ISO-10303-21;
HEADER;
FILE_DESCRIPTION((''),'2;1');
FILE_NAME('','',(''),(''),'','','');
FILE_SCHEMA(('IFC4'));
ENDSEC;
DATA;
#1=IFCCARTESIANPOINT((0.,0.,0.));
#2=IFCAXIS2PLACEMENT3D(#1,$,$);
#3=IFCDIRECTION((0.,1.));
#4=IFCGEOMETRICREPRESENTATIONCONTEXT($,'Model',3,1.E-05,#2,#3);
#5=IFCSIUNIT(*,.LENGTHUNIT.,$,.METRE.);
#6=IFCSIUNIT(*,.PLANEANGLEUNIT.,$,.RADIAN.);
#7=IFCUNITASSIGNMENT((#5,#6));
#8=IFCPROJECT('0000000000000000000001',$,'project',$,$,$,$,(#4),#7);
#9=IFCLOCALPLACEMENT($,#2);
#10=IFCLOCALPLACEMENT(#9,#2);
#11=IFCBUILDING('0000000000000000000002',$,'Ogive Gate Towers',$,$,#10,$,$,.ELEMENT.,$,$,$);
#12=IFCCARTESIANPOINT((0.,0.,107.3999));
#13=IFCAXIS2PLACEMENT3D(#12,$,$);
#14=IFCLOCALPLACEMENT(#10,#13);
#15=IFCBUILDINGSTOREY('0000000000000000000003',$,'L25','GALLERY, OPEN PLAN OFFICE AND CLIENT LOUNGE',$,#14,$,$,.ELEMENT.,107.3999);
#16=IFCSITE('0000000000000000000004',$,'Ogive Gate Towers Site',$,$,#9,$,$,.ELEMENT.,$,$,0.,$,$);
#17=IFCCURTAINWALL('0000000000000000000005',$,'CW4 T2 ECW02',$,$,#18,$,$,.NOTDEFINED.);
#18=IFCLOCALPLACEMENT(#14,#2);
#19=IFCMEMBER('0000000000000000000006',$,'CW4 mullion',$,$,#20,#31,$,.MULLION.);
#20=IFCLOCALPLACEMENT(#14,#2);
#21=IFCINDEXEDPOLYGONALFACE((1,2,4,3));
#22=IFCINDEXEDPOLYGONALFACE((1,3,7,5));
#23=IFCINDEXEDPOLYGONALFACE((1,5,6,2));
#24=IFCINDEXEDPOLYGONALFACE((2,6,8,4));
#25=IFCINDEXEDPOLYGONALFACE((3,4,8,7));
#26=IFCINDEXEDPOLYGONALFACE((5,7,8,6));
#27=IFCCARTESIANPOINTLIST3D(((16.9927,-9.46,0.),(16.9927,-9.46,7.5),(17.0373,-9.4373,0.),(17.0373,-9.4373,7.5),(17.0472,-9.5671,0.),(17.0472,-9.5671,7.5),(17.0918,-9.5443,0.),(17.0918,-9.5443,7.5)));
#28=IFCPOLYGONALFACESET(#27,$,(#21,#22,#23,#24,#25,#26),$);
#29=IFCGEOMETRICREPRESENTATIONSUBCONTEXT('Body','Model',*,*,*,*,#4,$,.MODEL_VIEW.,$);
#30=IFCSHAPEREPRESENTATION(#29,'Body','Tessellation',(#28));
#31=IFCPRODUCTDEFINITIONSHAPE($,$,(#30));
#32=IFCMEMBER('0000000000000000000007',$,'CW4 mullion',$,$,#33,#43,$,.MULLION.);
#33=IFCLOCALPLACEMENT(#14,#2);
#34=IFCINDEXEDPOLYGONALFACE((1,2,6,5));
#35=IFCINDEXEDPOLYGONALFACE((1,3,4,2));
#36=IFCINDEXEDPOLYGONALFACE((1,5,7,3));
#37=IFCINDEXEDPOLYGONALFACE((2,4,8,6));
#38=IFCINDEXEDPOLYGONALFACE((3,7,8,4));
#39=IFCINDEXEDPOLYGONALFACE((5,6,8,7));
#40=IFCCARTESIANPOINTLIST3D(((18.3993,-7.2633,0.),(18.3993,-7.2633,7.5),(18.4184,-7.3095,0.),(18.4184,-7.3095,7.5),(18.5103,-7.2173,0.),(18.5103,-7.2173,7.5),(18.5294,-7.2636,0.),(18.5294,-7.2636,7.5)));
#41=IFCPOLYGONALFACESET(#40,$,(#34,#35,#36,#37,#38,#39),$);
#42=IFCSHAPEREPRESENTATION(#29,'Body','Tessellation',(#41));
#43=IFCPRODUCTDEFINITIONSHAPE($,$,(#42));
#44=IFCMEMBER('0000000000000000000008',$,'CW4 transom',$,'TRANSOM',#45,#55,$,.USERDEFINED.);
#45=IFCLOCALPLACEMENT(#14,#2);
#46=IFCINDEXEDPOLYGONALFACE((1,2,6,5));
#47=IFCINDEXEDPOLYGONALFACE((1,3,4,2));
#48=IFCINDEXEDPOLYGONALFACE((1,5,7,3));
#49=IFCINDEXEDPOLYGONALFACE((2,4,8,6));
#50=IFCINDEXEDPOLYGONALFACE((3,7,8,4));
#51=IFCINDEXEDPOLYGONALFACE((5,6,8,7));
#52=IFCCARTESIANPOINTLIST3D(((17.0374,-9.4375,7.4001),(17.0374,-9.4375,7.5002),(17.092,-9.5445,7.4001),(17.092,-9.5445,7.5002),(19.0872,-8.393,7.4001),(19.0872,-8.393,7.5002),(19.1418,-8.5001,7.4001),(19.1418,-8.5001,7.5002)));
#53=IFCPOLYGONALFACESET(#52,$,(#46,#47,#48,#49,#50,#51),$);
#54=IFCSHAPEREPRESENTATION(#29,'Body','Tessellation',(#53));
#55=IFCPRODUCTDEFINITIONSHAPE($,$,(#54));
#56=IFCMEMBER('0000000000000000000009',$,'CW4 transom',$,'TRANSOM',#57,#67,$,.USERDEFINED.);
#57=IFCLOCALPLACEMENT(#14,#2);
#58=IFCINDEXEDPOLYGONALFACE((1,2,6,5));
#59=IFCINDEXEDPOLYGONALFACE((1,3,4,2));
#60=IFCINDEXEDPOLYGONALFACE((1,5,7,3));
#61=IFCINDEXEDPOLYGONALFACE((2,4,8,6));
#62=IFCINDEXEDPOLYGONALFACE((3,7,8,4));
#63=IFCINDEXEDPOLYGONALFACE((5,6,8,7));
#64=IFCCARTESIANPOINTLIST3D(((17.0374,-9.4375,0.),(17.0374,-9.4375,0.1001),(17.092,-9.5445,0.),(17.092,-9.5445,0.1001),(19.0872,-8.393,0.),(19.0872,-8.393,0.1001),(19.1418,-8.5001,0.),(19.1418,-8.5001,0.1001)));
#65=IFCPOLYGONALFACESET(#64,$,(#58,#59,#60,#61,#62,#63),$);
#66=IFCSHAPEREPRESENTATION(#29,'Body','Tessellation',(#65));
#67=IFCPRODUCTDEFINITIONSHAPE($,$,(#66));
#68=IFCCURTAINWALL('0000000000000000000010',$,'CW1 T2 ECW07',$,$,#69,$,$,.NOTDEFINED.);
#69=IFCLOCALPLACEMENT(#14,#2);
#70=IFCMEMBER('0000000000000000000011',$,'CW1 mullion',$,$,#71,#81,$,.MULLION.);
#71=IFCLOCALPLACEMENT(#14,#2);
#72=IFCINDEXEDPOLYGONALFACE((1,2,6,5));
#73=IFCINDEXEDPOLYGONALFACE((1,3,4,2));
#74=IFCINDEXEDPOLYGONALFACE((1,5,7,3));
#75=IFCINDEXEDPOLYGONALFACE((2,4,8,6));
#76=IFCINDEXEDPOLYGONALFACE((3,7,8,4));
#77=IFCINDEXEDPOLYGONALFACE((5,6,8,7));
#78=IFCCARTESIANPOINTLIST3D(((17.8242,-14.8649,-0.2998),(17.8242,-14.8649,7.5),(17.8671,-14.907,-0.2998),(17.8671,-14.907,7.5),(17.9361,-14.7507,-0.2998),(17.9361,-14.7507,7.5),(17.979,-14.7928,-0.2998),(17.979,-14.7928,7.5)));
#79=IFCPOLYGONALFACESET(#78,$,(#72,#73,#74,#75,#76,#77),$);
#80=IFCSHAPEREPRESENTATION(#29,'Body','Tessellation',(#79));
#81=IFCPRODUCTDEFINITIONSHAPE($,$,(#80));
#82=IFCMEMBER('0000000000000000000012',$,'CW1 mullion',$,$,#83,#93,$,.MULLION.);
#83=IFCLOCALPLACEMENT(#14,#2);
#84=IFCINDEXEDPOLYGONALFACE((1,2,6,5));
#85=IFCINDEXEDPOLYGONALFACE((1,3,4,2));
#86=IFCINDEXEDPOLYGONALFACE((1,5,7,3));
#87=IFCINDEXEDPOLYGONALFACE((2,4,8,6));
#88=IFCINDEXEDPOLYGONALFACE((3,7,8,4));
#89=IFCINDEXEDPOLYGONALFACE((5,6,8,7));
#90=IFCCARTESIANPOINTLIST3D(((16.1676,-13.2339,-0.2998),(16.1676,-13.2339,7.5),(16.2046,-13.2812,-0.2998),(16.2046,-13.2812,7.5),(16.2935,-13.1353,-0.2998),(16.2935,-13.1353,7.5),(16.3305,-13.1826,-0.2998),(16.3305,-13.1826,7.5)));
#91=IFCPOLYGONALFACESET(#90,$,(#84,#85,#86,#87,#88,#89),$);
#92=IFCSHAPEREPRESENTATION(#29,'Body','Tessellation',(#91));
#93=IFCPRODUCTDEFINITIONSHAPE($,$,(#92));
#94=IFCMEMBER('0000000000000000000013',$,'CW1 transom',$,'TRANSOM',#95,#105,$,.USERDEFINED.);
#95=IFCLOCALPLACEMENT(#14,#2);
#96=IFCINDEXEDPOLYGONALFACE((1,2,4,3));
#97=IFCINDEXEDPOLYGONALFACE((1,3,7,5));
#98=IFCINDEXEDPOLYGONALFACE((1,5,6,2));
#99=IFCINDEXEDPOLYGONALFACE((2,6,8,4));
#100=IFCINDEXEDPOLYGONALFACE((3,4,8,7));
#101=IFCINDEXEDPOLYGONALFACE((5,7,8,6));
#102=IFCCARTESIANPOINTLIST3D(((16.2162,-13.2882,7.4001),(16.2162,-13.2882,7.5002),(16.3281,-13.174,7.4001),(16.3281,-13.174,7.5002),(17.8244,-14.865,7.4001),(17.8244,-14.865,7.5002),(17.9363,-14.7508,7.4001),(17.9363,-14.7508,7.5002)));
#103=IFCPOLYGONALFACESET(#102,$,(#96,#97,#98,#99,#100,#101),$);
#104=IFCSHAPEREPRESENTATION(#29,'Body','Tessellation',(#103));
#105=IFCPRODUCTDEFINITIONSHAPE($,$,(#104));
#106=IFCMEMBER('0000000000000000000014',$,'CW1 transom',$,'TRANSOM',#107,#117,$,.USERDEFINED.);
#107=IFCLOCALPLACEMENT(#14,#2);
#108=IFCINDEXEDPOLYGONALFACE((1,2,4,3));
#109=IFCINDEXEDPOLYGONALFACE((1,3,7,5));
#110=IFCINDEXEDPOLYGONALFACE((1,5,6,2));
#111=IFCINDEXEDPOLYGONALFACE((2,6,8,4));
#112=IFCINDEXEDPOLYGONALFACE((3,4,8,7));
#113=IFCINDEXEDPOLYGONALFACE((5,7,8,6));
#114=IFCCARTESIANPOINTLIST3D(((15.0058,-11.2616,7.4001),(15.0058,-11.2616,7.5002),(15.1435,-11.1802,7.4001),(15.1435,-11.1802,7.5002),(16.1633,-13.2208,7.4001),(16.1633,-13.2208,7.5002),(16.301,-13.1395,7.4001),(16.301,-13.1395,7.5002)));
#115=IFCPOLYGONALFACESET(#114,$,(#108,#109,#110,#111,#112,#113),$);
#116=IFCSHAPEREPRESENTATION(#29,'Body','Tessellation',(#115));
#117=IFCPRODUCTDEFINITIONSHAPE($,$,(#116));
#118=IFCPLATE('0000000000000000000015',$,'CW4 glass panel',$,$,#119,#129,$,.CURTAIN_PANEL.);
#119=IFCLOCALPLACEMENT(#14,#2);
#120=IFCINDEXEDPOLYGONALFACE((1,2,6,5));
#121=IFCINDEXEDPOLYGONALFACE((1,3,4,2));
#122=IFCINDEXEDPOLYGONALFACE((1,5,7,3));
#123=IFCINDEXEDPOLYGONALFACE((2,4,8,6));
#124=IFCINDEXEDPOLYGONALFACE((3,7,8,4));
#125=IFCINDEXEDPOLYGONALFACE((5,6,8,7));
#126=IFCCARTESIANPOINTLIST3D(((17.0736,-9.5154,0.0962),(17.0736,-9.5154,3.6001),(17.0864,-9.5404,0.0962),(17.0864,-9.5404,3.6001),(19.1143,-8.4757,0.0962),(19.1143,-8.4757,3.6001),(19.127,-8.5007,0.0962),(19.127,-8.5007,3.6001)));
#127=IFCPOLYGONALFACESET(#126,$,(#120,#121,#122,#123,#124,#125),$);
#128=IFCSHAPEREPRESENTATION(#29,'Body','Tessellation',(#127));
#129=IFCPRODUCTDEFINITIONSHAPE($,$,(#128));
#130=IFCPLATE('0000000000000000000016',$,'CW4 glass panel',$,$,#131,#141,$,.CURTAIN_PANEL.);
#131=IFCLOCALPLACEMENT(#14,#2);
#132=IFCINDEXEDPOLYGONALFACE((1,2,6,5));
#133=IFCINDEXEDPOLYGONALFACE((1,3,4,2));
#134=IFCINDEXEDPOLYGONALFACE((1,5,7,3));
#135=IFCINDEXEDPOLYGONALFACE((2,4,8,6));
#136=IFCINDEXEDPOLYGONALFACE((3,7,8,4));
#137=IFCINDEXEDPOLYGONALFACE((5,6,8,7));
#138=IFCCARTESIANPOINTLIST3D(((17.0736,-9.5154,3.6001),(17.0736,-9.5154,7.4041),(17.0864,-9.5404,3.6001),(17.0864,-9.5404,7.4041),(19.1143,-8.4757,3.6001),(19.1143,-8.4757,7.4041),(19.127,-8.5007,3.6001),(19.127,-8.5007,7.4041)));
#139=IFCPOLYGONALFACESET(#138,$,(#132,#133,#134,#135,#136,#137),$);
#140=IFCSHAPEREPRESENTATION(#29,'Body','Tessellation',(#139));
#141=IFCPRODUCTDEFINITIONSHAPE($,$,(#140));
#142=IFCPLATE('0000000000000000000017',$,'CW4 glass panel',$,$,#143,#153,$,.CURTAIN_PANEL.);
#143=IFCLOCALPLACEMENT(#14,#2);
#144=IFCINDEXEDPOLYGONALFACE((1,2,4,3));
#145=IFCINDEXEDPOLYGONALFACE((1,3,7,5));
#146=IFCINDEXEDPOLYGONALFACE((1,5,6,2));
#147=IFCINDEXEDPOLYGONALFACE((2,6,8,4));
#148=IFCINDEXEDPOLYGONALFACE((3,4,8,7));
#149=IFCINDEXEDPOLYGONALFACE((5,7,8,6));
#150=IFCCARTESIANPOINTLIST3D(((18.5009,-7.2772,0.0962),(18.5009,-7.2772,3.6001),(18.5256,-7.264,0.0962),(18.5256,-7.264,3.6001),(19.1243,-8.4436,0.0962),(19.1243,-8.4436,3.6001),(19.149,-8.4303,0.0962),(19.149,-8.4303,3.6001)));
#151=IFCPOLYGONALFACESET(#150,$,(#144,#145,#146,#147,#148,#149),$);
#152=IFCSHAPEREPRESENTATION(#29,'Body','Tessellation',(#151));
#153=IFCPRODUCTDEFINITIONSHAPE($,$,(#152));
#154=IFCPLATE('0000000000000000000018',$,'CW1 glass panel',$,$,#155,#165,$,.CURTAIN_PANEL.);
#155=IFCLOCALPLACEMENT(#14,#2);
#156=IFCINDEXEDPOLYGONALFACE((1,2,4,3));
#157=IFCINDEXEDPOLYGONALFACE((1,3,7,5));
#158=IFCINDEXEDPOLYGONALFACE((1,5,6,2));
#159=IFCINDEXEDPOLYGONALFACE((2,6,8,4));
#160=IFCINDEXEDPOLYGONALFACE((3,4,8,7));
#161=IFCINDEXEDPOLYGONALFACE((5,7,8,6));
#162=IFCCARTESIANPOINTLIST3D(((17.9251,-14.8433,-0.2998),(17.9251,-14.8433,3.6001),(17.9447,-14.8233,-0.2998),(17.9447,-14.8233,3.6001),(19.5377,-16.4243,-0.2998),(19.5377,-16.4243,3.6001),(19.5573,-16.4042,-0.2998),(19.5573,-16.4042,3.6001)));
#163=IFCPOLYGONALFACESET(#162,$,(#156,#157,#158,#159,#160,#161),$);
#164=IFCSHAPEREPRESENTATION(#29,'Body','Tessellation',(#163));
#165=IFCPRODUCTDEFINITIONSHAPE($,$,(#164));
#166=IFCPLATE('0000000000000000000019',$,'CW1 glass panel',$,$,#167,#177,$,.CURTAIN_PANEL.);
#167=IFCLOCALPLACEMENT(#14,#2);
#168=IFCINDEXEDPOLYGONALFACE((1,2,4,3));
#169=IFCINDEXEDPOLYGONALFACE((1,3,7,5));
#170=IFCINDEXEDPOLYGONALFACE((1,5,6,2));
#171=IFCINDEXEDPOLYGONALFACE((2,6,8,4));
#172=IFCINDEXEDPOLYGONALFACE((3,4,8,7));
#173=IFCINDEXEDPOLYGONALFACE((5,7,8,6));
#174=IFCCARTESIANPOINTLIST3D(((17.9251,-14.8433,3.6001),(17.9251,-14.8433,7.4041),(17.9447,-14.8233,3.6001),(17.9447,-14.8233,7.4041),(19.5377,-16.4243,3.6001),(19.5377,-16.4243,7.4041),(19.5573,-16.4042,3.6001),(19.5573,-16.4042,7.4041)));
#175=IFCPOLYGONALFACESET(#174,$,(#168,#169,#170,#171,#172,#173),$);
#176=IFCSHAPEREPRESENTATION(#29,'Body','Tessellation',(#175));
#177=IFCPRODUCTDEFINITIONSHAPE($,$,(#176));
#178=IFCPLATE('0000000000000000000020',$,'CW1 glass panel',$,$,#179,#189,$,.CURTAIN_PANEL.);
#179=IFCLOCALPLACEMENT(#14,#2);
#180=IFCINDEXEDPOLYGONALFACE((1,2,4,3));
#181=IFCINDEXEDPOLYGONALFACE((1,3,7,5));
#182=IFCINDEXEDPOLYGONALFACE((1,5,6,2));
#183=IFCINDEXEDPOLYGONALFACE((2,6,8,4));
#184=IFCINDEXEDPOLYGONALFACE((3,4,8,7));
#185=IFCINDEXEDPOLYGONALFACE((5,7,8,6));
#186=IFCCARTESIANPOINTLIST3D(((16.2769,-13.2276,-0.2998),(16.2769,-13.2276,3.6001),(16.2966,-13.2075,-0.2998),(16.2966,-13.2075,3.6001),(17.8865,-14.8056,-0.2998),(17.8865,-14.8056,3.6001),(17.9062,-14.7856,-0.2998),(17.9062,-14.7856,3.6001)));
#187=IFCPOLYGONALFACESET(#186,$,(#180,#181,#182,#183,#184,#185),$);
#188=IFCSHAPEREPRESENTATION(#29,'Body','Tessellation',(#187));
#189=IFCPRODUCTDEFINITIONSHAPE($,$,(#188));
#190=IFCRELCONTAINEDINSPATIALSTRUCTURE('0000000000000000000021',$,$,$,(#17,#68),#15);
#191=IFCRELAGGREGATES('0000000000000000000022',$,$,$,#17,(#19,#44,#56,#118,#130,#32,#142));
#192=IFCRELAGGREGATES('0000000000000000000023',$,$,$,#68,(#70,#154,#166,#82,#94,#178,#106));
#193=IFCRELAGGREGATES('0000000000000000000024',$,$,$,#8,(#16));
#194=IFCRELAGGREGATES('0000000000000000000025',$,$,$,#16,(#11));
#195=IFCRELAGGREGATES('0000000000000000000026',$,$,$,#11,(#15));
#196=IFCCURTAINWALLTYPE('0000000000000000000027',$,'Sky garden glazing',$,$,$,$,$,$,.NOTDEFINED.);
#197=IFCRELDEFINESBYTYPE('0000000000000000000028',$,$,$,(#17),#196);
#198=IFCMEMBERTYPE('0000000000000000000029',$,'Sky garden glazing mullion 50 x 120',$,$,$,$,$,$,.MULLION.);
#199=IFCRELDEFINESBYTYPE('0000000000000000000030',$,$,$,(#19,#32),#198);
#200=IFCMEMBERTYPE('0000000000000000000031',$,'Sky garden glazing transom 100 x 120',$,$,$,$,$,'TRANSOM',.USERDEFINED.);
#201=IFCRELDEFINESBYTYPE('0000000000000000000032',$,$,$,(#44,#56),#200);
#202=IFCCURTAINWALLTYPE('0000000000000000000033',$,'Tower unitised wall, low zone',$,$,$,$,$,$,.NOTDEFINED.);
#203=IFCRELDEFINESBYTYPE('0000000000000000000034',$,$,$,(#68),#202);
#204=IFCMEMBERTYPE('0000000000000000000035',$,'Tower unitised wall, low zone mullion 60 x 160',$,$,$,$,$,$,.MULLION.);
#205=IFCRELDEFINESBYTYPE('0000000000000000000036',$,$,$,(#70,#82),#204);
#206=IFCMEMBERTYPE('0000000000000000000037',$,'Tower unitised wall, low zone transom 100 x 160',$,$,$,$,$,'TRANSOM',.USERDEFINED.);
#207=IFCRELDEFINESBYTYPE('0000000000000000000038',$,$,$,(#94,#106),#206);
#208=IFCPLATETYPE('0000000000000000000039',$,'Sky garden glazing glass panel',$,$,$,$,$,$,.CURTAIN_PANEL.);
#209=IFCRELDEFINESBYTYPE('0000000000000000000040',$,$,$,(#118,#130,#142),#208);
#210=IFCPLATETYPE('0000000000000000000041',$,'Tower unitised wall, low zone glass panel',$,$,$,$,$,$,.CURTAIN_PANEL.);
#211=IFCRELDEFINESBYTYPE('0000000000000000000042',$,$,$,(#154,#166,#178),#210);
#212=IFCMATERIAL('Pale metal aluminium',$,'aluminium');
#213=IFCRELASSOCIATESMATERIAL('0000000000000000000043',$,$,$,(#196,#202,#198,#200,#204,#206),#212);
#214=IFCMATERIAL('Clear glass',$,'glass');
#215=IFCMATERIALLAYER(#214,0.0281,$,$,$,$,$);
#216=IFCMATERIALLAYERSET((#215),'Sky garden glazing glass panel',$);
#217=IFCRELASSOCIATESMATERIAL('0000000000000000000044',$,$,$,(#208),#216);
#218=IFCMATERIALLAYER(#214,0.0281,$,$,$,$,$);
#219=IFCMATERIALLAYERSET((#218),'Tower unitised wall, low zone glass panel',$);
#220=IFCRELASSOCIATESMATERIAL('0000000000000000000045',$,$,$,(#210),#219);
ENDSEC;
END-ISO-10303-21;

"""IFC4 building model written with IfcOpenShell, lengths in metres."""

from ifc_helpers import new_model, si_unit, direction, frame, origin, origin_2d, place, context, subcontext, project, spatial, rectangle, extrude, material, layer, layer_set, material_profile, profile_set, type_object, element, aggregate, save


model = new_model("IFC4")

# Units and contexts
model_context = context("Model", 3, precision=1e-05, world=origin(), true_north=direction((0.0, 1.0)))
body_context = subcontext(model_context, "Body", "Model", "MODEL_VIEW")
ifc_project = project(units=[si_unit("LENGTHUNIT", "METRE"), si_unit("PLANEANGLEUNIT", "RADIAN")], contexts=[model_context])

# Site, building, storey
site_placement = place(None, origin())
site = spatial("IfcSite", under=ifc_project, at=site_placement, Name="Ogive Gate Towers Site", CompositionType="ELEMENT", RefElevation=0.0)
building_placement = place(site_placement, origin())
building = spatial("IfcBuilding", under=site, at=building_placement, Name="Ogive Gate Towers", CompositionType="ELEMENT")
storey_placement = place(building_placement, frame((0.0, 0.0, 107.3999)))
storey = spatial("IfcBuildingStorey", under=building, at=storey_placement, Name="L25", Description="GALLERY, OPEN PLAN OFFICE AND CLIENT LOUNGE", CompositionType="ELEMENT", Elevation=107.3999)

# Curtain walls, members
ifc_material_1 = material(Name="Pale metal aluminium", Category="aluminium")
curtain_wall_type_1 = type_object("IfcCurtainWallType", Name="Sky garden glazing", PredefinedType="NOTDEFINED", material=ifc_material_1)
curtain_wall_1_placement = place(storey_placement, origin())
curtain_wall_1 = element("IfcCurtainWall", 1, at=curtain_wall_1_placement, inside=storey, type_object=curtain_wall_type_1, Name="CW4 T2 ECW02", PredefinedType="NOTDEFINED")
ifc_material_profile_1 = material_profile(ifc_material_1, rectangle(XDim=0.1201, YDim=0.05, at=origin_2d()), Name="50 x 120 aluminium box")
ifc_profile_set_1 = profile_set([ifc_material_profile_1], Name="Pale metal aluminium")
member_type_1 = type_object("IfcMemberType", Name="Sky garden glazing mullion 50 x 120", PredefinedType="MULLION", material=ifc_profile_set_1)
member_1_placement = place(storey_placement, frame((17.0422, -9.5022, 0.0), z_axis=(0.0, 0.0, 1.0), x_axis=(0.45399, -0.891007, 0.0)))
member_1 = element("IfcMember", 2, at=member_1_placement, type_object=member_type_1, Name="CW4 mullion", PredefinedType="MULLION", context=body_context, shape_type="SweptSolid", body=[
    extrude(rectangle(XDim=0.1201, YDim=0.05, at=origin_2d()), origin(), (0.0, 0.0, 1.0), 7.5),
])
member_2_placement = place(storey_placement, frame((18.4644, -7.2634, 0.0), z_axis=(0.0, 0.0, 1.0), x_axis=(0.92388, 0.382683, 0.0)))
member_2 = element("IfcMember", 3, at=member_2_placement, type_object=member_type_1, Name="CW4 mullion", PredefinedType="MULLION", context=body_context, shape_type="SweptSolid", body=[
    extrude(rectangle(XDim=0.1201, YDim=0.05, at=origin_2d()), origin(), (0.0, 0.0, 1.0), 7.5),
])
ifc_material_profile_2 = material_profile(ifc_material_1, rectangle(XDim=0.1201, YDim=0.1001, at=origin_2d()), Name="100 x 120 aluminium box")
ifc_profile_set_2 = profile_set([ifc_material_profile_2], Name="Pale metal aluminium")
member_type_2 = type_object("IfcMemberType", Name="Sky garden glazing transom 100 x 120", ElementType="TRANSOM", PredefinedType="USERDEFINED", material=ifc_profile_set_2)
member_3_placement = place(storey_placement, frame((17.0647, -9.491, 7.4502), z_axis=(0.891005, 0.453993, 0.0), x_axis=(-0.453993, 0.891005, 0.0)))
member_3 = element("IfcMember", 4, at=member_3_placement, type_object=member_type_2, Name="CW4 transom", ObjectType="TRANSOM", PredefinedType="USERDEFINED", context=body_context, shape_type="SweptSolid", body=[
    extrude(rectangle(XDim=0.1201, YDim=0.1001, at=origin_2d()), origin(), (0.0, 0.0, 1.0), 2.3005),
])
member_4_placement = place(storey_placement, frame((17.0647, -9.491, 0.05), z_axis=(0.891005, 0.453993, 0.0), x_axis=(-0.453993, 0.891005, 0.0)))
member_4 = element("IfcMember", 5, at=member_4_placement, type_object=member_type_2, Name="CW4 transom", ObjectType="TRANSOM", PredefinedType="USERDEFINED", context=body_context, shape_type="SweptSolid", body=[
    extrude(rectangle(XDim=0.1201, YDim=0.1001, at=origin_2d()), origin(), (0.0, 0.0, 1.0), 2.3005),
])
curtain_wall_type_2 = type_object("IfcCurtainWallType", Name="Tower unitised wall, low zone", PredefinedType="NOTDEFINED", material=ifc_material_1)
curtain_wall_2_placement = place(storey_placement, origin())
curtain_wall_2 = element("IfcCurtainWall", 6, at=curtain_wall_2_placement, inside=storey, type_object=curtain_wall_type_2, Name="CW1 T2 ECW07", PredefinedType="NOTDEFINED")
ifc_material_profile_3 = material_profile(ifc_material_1, rectangle(XDim=0.1599, YDim=0.0601, at=origin_2d()), Name="60 x 160 aluminium box")
ifc_profile_set_3 = profile_set([ifc_material_profile_3], Name="Pale metal aluminium")
member_type_3 = type_object("IfcMemberType", Name="Tower unitised wall, low zone mullion 60 x 160", PredefinedType="MULLION", material=ifc_profile_set_3)
member_5_placement = place(storey_placement, frame((17.9016, -14.8289, -0.2998), z_axis=(0.0, 0.0, 1.0), x_axis=(0.700062, 0.714082, 0.0)))
member_5 = element("IfcMember", 7, at=member_5_placement, type_object=member_type_3, Name="CW1 mullion", PredefinedType="MULLION", context=body_context, shape_type="SweptSolid", body=[
    extrude(rectangle(XDim=0.1599, YDim=0.0601, at=origin_2d()), origin(), (0.0, 0.0, 1.0), 7.7998),
])
member_6_placement = place(storey_placement, frame((16.249, -13.2083, -0.2998), z_axis=(0.0, 0.0, 1.0), x_axis=(0.787236, 0.616651, 0.0)))
member_6 = element("IfcMember", 8, at=member_6_placement, type_object=member_type_3, Name="CW1 mullion", PredefinedType="MULLION", context=body_context, shape_type="SweptSolid", body=[
    extrude(rectangle(XDim=0.1599, YDim=0.0601, at=origin_2d()), origin(), (0.0, 0.0, 1.0), 7.7998),
])
ifc_material_profile_4 = material_profile(ifc_material_1, rectangle(XDim=0.1599, YDim=0.1001, at=origin_2d()), Name="100 x 160 aluminium box")
ifc_profile_set_4 = profile_set([ifc_material_profile_4], Name="Pale metal aluminium")
member_type_4 = type_object("IfcMemberType", Name="Tower unitised wall, low zone transom 100 x 160", ElementType="TRANSOM", PredefinedType="USERDEFINED", material=ifc_profile_set_4)
member_7_placement = place(storey_placement, frame((17.8804, -14.8079, 7.4502), z_axis=(-0.714064, 0.70008, 0.0), x_axis=(-0.70008, -0.714064, 0.0)))
member_7 = element("IfcMember", 9, at=member_7_placement, type_object=member_type_4, Name="CW1 transom", ObjectType="TRANSOM", PredefinedType="USERDEFINED", context=body_context, shape_type="SweptSolid", body=[
    extrude(rectangle(XDim=0.1599, YDim=0.1001, at=origin_2d()), origin(), (0.0, 0.0, 1.0), 2.2522),
])
member_8_placement = place(storey_placement, frame((16.2322, -13.1802, 7.4502), z_axis=(-0.508646, 0.860976, 0.0), x_axis=(-0.860976, -0.508646, 0.0)))
member_8 = element("IfcMember", 10, at=member_8_placement, type_object=member_type_4, Name="CW1 transom", ObjectType="TRANSOM", PredefinedType="USERDEFINED", context=body_context, shape_type="SweptSolid", body=[
    extrude(rectangle(XDim=0.1599, YDim=0.1001, at=origin_2d()), origin(), (0.0, 0.0, 1.0), 2.2756),
])

# Plates
ifc_material_2 = material(Name="Clear glass", Category="glass")
ifc_layer_1 = layer(ifc_material_2, 0.0281)
ifc_layer_set_1 = layer_set([ifc_layer_1], Name="Sky garden glazing glass panel")
plate_type_1 = type_object("IfcPlateType", Name="Sky garden glazing glass panel", PredefinedType="CURTAIN_PANEL", material=ifc_layer_set_1)
plate_1_placement = place(storey_placement, frame((18.1003, -9.0081, 0.0962), z_axis=(0.0, 0.0, 1.0), x_axis=(0.891007, 0.45399, 0.0)))
plate_1 = element("IfcPlate", 11, at=plate_1_placement, type_object=plate_type_1, Name="CW4 glass panel", PredefinedType="CURTAIN_PANEL", context=body_context, shape_type="SweptSolid", body=[
    extrude(rectangle(XDim=2.2903, YDim=0.0281, at=origin_2d()), origin(), (0.0, 0.0, 1.0), 3.5039),
])
plate_2_placement = place(storey_placement, frame((18.1003, -9.0081, 3.6001), z_axis=(0.0, 0.0, 1.0), x_axis=(0.891007, 0.45399, 0.0)))
plate_2 = element("IfcPlate", 12, at=plate_2_placement, type_object=plate_type_1, Name="CW4 glass panel", PredefinedType="CURTAIN_PANEL", context=body_context, shape_type="SweptSolid", body=[
    extrude(rectangle(XDim=2.2903, YDim=0.0281, at=origin_2d()), origin(), (0.0, 0.0, 1.0), 3.804),
])
plate_3_placement = place(storey_placement, frame((18.825, -7.8538, 0.0962), z_axis=(0.0, 0.0, 1.0), x_axis=(-0.471397, 0.881921, 0.0)))
plate_3 = element("IfcPlate", 13, at=plate_3_placement, type_object=plate_type_1, Name="CW4 glass panel", PredefinedType="CURTAIN_PANEL", context=body_context, shape_type="SweptSolid", body=[
    extrude(rectangle(XDim=1.3225, YDim=0.0281, at=origin_2d()), origin(), (0.0, 0.0, 1.0), 3.5039),
])
aggregate(curtain_wall_1, [member_1, member_3, member_4, plate_1, plate_2, member_2, plate_3])
ifc_layer_2 = layer(ifc_material_2, 0.0281)
ifc_layer_set_2 = layer_set([ifc_layer_2], Name="Tower unitised wall, low zone glass panel")
plate_type_2 = type_object("IfcPlateType", Name="Tower unitised wall, low zone glass panel", PredefinedType="CURTAIN_PANEL", material=ifc_layer_set_2)
plate_4_placement = place(storey_placement, frame((18.7412, -15.6238, -0.2998), z_axis=(0.0, 0.0, 1.0), x_axis=(-0.714082, 0.700062, 0.0)))
plate_4 = element("IfcPlate", 14, at=plate_4_placement, type_object=plate_type_2, Name="CW1 glass panel", PredefinedType="CURTAIN_PANEL", context=body_context, shape_type="SweptSolid", body=[
    extrude(rectangle(XDim=2.2583, YDim=0.0281, at=origin_2d()), origin(), (0.0, 0.0, 1.0), 3.8999),
])
plate_5_placement = place(storey_placement, frame((18.7412, -15.6238, 3.6001), z_axis=(0.0, 0.0, 1.0), x_axis=(-0.714082, 0.700062, 0.0)))
plate_5 = element("IfcPlate", 15, at=plate_5_placement, type_object=plate_type_2, Name="CW1 glass panel", PredefinedType="CURTAIN_PANEL", context=body_context, shape_type="SweptSolid", body=[
    extrude(rectangle(XDim=2.2583, YDim=0.0281, at=origin_2d()), origin(), (0.0, 0.0, 1.0), 3.804),
])
plate_6_placement = place(storey_placement, frame((17.0916, -14.0066, -0.2998), z_axis=(0.0, 0.0, 1.0), x_axis=(-0.714082, 0.700062, 0.0)))
plate_6 = element("IfcPlate", 16, at=plate_6_placement, type_object=plate_type_2, Name="CW1 glass panel", PredefinedType="CURTAIN_PANEL", context=body_context, shape_type="SweptSolid", body=[
    extrude(rectangle(XDim=2.2542, YDim=0.0281, at=origin_2d()), origin(), (0.0, 0.0, 1.0), 3.8999),
])
aggregate(curtain_wall_2, [member_5, plate_4, plate_5, member_6, member_7, plate_6, member_8])

save(model, "model.ifc")
